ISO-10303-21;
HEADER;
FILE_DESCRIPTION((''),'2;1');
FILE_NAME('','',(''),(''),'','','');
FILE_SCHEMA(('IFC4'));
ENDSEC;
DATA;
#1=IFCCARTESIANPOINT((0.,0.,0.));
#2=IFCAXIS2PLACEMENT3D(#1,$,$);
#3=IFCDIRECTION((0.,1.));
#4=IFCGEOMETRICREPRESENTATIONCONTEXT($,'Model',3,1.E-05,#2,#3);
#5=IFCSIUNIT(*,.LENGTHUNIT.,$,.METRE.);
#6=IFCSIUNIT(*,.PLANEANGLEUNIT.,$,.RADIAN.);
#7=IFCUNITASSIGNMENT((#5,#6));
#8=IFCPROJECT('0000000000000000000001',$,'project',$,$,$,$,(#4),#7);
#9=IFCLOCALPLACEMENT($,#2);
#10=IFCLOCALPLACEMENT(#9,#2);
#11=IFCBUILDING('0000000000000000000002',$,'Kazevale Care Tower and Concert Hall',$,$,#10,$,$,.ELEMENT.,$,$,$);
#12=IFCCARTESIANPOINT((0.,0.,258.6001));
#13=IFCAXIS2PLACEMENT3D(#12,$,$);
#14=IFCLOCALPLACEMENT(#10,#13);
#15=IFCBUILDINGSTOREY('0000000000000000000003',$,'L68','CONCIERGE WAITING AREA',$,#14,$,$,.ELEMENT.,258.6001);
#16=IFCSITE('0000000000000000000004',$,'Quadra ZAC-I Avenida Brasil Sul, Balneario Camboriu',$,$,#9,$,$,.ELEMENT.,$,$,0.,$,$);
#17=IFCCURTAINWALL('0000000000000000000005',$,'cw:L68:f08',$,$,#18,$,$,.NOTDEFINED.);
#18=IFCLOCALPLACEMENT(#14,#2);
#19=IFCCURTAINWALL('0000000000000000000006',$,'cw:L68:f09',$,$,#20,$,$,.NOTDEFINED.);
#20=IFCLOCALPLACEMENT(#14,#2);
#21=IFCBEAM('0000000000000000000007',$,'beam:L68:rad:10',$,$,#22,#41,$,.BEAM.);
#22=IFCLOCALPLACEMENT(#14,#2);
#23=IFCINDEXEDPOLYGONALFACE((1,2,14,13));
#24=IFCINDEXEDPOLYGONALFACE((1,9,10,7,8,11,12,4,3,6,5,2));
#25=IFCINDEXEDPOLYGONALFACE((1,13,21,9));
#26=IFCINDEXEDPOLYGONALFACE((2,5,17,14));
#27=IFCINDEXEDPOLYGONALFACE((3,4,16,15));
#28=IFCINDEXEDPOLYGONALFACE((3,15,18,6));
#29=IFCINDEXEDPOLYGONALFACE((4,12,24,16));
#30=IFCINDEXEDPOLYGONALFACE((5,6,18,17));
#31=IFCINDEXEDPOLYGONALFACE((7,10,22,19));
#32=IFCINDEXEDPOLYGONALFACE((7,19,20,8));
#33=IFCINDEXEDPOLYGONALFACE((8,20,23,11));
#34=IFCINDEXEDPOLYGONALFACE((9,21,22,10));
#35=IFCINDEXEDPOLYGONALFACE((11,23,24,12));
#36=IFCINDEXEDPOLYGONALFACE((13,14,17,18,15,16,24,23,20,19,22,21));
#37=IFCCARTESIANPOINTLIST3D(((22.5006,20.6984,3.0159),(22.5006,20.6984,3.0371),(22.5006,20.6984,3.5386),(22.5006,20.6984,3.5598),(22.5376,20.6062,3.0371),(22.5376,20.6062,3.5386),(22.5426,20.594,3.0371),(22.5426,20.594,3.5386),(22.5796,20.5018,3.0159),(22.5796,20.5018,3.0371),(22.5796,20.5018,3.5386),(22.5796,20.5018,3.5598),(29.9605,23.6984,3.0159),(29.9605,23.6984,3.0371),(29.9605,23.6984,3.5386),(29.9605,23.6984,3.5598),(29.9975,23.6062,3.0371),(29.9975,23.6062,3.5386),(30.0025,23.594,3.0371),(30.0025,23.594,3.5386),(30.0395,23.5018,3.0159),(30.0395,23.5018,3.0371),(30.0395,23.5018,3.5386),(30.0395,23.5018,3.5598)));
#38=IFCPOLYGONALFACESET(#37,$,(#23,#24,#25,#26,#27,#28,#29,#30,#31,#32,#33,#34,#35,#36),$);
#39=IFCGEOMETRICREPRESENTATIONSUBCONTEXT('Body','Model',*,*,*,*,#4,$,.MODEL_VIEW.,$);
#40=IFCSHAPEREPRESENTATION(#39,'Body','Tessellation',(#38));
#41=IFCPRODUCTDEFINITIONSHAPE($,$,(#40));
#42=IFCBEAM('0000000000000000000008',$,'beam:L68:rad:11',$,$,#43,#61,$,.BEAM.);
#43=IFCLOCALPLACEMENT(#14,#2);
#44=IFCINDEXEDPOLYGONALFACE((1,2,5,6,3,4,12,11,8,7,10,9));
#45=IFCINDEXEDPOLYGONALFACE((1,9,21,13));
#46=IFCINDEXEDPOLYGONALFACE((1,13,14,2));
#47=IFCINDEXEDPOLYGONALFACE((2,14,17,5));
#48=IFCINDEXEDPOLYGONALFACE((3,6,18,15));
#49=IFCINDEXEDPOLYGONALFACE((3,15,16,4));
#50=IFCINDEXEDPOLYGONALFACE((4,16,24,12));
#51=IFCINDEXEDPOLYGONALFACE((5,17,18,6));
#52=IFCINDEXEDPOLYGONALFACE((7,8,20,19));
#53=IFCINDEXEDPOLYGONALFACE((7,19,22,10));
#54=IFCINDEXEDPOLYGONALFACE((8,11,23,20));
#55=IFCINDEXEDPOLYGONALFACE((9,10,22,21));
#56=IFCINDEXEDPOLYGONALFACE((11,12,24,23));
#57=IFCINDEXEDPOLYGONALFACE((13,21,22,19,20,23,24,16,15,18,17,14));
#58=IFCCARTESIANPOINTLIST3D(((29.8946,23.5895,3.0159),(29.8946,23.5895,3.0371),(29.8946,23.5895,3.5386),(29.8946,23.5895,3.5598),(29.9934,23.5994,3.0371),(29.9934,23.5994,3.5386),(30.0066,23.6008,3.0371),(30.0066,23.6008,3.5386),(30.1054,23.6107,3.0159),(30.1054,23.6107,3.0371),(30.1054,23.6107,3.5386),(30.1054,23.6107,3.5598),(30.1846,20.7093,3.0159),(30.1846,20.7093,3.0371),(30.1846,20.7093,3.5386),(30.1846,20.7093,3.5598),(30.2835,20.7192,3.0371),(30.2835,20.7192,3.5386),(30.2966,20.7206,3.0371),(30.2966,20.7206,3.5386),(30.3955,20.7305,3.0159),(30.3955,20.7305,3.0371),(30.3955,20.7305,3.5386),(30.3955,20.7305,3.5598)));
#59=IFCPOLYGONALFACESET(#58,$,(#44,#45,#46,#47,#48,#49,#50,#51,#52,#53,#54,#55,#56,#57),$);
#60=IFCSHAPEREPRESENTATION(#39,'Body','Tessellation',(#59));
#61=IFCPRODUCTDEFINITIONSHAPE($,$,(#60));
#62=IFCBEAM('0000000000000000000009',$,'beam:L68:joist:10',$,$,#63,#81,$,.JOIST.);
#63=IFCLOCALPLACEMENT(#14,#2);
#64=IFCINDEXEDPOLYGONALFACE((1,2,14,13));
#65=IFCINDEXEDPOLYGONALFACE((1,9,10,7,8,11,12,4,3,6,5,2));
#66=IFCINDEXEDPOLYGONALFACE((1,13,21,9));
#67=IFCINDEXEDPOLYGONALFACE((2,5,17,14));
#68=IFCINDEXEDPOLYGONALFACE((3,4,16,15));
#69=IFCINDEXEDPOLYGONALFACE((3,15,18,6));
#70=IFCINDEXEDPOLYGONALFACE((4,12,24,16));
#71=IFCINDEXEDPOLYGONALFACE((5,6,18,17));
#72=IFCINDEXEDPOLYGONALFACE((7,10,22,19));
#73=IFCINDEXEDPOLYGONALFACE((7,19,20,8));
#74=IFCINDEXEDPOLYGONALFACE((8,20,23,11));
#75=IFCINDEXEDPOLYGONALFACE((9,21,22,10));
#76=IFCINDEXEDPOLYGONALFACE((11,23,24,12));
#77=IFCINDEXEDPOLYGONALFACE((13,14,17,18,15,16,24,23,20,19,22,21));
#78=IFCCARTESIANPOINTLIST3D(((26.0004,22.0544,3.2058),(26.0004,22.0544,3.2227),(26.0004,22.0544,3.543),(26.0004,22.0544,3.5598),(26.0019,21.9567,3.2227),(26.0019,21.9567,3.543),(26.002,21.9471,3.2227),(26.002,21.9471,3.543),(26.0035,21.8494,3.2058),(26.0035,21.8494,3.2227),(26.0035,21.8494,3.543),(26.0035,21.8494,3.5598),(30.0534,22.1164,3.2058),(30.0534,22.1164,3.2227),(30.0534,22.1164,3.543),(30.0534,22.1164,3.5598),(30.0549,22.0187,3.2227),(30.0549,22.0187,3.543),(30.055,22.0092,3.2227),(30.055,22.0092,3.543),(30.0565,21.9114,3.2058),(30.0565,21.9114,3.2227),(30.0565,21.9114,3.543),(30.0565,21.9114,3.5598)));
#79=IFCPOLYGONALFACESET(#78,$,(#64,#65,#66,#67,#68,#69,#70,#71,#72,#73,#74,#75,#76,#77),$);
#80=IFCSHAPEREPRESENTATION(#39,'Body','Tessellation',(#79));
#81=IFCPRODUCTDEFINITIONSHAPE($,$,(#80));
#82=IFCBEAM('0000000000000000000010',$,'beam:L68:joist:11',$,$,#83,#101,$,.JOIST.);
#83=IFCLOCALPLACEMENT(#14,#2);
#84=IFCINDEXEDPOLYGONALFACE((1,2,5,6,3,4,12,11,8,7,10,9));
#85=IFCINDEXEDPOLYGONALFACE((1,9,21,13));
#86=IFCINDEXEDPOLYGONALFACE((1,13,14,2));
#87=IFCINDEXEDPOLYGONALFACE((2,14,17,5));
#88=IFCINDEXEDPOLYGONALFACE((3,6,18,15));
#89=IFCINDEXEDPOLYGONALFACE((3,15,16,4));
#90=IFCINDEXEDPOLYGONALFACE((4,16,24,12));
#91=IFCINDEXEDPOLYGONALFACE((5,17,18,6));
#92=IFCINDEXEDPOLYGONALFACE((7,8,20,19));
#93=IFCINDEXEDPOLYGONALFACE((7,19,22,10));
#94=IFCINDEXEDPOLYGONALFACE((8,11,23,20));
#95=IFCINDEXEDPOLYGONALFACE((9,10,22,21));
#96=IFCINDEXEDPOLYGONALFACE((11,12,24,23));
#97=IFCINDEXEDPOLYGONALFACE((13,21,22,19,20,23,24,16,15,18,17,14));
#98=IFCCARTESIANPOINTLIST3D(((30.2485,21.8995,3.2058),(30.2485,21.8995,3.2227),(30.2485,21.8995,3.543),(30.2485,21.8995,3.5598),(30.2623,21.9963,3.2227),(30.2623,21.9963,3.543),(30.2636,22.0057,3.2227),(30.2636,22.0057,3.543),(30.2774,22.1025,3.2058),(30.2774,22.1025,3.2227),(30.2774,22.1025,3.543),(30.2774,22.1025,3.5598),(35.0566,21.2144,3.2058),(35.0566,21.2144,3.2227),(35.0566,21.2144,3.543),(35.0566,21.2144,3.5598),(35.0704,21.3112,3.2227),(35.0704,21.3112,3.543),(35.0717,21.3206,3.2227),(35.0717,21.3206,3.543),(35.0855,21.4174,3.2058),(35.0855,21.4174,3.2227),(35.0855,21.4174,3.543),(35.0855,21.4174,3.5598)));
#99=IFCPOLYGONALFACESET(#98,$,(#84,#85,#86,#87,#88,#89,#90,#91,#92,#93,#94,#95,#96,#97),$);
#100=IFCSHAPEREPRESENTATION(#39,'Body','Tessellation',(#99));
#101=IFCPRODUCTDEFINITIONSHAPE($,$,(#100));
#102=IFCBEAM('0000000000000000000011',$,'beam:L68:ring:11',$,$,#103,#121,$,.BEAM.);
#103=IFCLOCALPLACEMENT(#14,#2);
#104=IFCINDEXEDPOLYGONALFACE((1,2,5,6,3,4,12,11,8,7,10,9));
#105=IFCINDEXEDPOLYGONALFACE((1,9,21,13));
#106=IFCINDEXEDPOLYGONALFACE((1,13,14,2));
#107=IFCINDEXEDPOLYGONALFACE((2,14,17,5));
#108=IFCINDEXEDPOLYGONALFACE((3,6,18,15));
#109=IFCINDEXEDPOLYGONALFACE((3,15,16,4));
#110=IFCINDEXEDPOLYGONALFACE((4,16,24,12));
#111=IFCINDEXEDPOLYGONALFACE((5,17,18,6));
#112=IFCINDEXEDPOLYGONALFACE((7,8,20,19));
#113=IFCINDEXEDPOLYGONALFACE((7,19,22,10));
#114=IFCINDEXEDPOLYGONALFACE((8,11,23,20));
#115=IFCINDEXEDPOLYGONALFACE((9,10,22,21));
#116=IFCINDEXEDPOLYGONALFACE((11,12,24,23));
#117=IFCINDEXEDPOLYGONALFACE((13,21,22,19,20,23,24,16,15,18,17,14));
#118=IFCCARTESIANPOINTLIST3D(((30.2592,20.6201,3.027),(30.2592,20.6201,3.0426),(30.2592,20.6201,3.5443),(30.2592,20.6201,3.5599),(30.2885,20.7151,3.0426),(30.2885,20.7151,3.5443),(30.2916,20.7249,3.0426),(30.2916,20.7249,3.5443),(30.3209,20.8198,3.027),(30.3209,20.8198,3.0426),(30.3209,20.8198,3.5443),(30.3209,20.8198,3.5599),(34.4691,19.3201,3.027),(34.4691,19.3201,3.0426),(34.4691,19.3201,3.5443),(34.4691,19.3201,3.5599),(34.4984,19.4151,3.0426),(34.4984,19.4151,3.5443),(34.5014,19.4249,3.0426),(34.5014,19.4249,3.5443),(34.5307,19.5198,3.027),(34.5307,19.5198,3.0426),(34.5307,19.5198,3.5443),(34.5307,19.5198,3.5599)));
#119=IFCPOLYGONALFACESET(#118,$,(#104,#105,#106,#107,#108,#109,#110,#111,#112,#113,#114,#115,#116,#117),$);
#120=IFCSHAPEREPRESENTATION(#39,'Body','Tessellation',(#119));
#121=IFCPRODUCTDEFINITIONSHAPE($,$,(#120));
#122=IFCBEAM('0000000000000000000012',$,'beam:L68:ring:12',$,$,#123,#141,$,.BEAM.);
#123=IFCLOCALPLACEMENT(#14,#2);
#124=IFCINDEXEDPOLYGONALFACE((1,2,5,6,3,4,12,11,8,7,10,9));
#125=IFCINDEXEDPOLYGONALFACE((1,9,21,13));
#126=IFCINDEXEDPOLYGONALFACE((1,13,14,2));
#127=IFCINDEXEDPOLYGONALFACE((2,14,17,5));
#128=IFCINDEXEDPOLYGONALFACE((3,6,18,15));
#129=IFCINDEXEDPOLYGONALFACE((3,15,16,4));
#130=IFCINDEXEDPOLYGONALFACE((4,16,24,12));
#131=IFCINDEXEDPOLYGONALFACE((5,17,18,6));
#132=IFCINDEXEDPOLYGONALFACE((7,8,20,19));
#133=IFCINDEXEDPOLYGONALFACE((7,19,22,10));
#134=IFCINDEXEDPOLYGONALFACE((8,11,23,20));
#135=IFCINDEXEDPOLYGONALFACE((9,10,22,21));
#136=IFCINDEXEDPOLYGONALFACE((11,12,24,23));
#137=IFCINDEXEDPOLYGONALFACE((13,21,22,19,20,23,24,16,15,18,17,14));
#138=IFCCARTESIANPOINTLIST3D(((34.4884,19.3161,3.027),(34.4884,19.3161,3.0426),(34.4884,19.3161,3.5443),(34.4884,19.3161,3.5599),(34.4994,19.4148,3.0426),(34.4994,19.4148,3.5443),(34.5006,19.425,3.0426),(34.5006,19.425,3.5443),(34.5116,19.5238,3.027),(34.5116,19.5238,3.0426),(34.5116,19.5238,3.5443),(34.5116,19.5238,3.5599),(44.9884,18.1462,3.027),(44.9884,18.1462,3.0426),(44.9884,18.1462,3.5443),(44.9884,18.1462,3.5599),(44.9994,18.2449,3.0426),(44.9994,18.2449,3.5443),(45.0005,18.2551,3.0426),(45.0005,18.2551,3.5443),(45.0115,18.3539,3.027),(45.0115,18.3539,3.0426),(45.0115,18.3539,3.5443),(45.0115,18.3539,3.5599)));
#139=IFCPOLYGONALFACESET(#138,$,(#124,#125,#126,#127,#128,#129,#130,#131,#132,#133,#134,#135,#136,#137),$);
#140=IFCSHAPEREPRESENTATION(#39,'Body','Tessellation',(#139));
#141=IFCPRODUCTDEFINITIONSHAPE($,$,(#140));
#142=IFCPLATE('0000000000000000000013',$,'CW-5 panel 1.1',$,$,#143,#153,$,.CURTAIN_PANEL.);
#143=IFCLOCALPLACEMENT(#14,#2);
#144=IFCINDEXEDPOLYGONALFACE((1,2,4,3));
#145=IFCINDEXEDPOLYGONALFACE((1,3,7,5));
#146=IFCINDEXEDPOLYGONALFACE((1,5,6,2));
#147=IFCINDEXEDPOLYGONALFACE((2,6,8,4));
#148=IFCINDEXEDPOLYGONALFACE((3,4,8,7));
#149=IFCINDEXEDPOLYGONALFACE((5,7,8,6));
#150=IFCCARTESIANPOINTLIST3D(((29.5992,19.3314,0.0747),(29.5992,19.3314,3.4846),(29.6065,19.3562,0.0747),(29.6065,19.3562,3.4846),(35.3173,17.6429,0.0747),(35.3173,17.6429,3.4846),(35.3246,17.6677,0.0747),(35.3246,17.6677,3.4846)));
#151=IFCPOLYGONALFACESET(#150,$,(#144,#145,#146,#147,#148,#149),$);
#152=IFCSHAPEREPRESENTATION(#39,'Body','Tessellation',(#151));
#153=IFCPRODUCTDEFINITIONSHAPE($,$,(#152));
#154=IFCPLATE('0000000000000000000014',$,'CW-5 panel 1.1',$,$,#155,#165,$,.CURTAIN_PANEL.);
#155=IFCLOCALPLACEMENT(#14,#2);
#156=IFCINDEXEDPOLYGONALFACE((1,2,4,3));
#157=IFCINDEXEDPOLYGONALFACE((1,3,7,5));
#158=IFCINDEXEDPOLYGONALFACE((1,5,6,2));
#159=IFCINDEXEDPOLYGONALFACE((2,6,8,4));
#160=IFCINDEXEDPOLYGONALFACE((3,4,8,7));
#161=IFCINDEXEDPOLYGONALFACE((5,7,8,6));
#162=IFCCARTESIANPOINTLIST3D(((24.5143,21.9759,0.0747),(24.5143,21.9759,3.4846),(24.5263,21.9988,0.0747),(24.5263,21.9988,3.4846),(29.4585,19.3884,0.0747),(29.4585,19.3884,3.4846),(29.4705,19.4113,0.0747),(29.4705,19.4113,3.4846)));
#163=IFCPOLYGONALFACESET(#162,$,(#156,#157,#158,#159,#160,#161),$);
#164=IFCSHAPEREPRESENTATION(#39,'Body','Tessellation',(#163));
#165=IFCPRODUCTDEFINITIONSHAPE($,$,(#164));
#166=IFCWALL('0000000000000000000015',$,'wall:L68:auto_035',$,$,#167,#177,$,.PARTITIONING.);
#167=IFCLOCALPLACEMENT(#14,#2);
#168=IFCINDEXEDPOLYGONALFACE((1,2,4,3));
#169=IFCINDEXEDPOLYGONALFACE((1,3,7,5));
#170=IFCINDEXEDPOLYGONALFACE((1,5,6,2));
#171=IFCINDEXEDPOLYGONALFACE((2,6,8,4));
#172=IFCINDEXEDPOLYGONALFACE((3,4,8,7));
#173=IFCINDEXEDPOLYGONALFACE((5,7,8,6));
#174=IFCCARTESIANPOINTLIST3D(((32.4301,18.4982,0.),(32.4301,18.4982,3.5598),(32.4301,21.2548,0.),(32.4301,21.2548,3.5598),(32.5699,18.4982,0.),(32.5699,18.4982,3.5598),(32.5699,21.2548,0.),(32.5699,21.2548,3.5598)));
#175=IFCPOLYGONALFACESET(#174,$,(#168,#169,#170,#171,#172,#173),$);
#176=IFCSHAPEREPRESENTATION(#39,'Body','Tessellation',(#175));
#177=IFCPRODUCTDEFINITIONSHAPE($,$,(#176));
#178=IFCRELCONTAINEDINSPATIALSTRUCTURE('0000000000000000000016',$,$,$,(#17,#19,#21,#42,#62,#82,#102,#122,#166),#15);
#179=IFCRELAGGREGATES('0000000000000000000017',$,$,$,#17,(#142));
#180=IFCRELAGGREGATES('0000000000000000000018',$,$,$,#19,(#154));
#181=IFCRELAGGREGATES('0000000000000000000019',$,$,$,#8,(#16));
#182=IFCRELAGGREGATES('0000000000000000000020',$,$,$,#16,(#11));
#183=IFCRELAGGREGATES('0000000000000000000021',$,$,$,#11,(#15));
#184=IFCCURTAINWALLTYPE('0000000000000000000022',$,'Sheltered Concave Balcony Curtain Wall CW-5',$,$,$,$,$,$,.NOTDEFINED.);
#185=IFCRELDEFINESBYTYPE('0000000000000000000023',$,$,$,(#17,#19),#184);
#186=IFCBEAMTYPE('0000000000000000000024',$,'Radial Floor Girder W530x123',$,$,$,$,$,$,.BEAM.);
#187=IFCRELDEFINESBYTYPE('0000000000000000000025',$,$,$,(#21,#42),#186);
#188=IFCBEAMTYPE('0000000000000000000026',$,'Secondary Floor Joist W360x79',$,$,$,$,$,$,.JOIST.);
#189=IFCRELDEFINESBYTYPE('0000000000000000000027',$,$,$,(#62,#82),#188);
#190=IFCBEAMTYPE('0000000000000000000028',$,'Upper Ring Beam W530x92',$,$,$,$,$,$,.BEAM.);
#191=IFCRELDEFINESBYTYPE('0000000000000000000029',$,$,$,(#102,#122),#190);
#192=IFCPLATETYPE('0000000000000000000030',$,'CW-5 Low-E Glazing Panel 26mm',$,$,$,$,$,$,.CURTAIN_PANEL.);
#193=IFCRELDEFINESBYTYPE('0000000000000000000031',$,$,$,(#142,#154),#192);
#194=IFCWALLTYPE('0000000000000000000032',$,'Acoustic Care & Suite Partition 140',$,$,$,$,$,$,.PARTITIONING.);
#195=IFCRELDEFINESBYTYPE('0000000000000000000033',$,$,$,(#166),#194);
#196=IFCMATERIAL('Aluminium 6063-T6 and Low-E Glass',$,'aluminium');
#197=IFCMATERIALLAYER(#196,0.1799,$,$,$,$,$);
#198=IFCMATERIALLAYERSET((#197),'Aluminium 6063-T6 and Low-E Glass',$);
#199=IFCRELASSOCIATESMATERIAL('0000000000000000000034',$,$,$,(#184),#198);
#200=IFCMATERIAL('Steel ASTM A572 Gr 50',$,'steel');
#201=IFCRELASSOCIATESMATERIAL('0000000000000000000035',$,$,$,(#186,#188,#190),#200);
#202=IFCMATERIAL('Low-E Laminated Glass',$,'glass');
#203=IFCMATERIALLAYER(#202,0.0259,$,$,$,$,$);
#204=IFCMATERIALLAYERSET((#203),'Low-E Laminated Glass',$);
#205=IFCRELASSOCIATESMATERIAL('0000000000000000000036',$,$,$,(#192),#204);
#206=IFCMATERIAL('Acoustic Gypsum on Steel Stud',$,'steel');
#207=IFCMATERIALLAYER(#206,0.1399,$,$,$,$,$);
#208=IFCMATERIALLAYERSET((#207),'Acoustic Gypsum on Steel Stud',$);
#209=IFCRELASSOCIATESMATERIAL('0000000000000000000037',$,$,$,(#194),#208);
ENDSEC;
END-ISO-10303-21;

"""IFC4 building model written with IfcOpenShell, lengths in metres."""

from ifc_helpers import new_model, si_unit, direction, frame, frame_2d, origin, origin_2d, place, context, subcontext, project, spatial, rectangle, i_section, extrude, material, layer, layer_set, material_profile, profile_set, type_object, element, aggregate, save


model = new_model("IFC4")

# Units and contexts
model_context = context("Model", 3, precision=1e-05, world=origin(), true_north=direction((0.0, 1.0)))
body_context = subcontext(model_context, "Body", "Model", "MODEL_VIEW")
ifc_project = project(units=[si_unit("LENGTHUNIT", "METRE"), si_unit("PLANEANGLEUNIT", "RADIAN")], contexts=[model_context])

# Site, building, storey
site_placement = place(None, origin())
site = spatial("IfcSite", under=ifc_project, at=site_placement, Name="Quadra ZAC-I Avenida Brasil Sul, Balneario Camboriu", CompositionType="ELEMENT", RefElevation=0.0)
building_placement = place(site_placement, origin())
building = spatial("IfcBuilding", under=site, at=building_placement, Name="Kazevale Care Tower and Concert Hall", CompositionType="ELEMENT")
storey_placement = place(building_placement, frame((0.0, 0.0, 258.6001)))
storey = spatial("IfcBuildingStorey", under=building, at=storey_placement, Name="L68", Description="CONCIERGE WAITING AREA", CompositionType="ELEMENT", Elevation=258.6001)

# Curtain wall
ifc_material_1 = material(Name="Aluminium 6063-T6 and Low-E Glass", Category="aluminium")
ifc_layer_1 = layer(ifc_material_1, 0.1799)
ifc_layer_set_1 = layer_set([ifc_layer_1], Name="Aluminium 6063-T6 and Low-E Glass")
curtain_wall_type = type_object("IfcCurtainWallType", Name="Sheltered Concave Balcony Curtain Wall CW-5", PredefinedType="NOTDEFINED", material=ifc_layer_set_1)
curtain_wall_1_placement = place(storey_placement, origin())
curtain_wall_1 = element("IfcCurtainWall", 1, at=curtain_wall_1_placement, inside=storey, type_object=curtain_wall_type, Name="cw:L68:f08", PredefinedType="NOTDEFINED")

# Curtain wall
curtain_wall_2_placement = place(storey_placement, origin())
curtain_wall_2 = element("IfcCurtainWall", 2, at=curtain_wall_2_placement, inside=storey, type_object=curtain_wall_type, Name="cw:L68:f09", PredefinedType="NOTDEFINED")

# Beams
ifc_material_2 = material(Name="Steel ASTM A572 Gr 50", Category="steel")
ifc_material_profile_1 = material_profile(ifc_material_2, i_section(OverallWidth=0.2119, OverallDepth=0.5439, WebThickness=0.0132, FlangeThickness=0.0212, at=origin_2d()), Name="W530x123")
ifc_profile_set_1 = profile_set([ifc_material_profile_1], Name="Steel ASTM A572 Gr 50")
beam_type_1 = type_object("IfcBeamType", Name="Radial Floor Girder W530x123", PredefinedType="BEAM", material=ifc_profile_set_1)
beam_1_placement = place(storey_placement, frame((30.0, 23.6001, 3.2878), z_axis=(-0.927788, -0.373107, 0.0), x_axis=(0.373107, -0.927788, 0.0)))
element("IfcBeam", 3, at=beam_1_placement, inside=storey, type_object=beam_type_1, Name="beam:L68:rad:10", PredefinedType="BEAM", context=body_context, shape_type="SweptSolid", body=[
    extrude(i_section(OverallWidth=0.2119, OverallDepth=0.5439, WebThickness=0.0132, FlangeThickness=0.0212, at=origin_2d()), origin(), (0.0, 0.0, 1.0), 8.0405),
])
beam_2_placement = place(storey_placement, frame((30.0, 23.6001, 3.2878), z_axis=(0.100197, -0.994968, 0.0), x_axis=(0.994968, 0.100197, 0.0)))
element("IfcBeam", 4, at=beam_2_placement, inside=storey, type_object=beam_type_1, Name="beam:L68:rad:11", PredefinedType="BEAM", context=body_context, shape_type="SweptSolid", body=[
    extrude(i_section(OverallWidth=0.2119, OverallDepth=0.5439, WebThickness=0.0132, FlangeThickness=0.0212, at=origin_2d()), origin(), (0.0, 0.0, 1.0), 2.8948),
])
ifc_material_profile_2 = material_profile(ifc_material_2, i_section(OverallWidth=0.2051, OverallDepth=0.354, WebThickness=0.0095, FlangeThickness=0.0168, at=origin_2d()), Name="W360x79")
ifc_profile_set_2 = profile_set([ifc_material_profile_2], Name="Steel ASTM A572 Gr 50")
beam_type_2 = type_object("IfcBeamType", Name="Secondary Floor Joist W360x79", PredefinedType="JOIST", material=ifc_profile_set_2)
beam_3_placement = place(storey_placement, frame((26.002, 21.9519, 3.3828), z_axis=(0.999883, 0.015298, 0.0), x_axis=(-0.015298, 0.999883, 0.0)))
element("IfcBeam", 5, at=beam_3_placement, inside=storey, type_object=beam_type_2, Name="beam:L68:joist:10", PredefinedType="JOIST", context=body_context, shape_type="SweptSolid", body=[
    extrude(i_section(OverallWidth=0.2051, OverallDepth=0.354, WebThickness=0.0095, FlangeThickness=0.0168, at=origin_2d()), origin(), (0.0, 0.0, 1.0), 4.0535),
])
beam_4_placement = place(storey_placement, frame((30.2629, 22.001, 3.3828), z_axis=(0.990002, -0.141055, 0.0), x_axis=(0.141055, 0.990002, 0.0)))
element("IfcBeam", 6, at=beam_4_placement, inside=storey, type_object=beam_type_2, Name="beam:L68:joist:11", PredefinedType="JOIST", context=body_context, shape_type="SweptSolid", body=[
    extrude(i_section(OverallWidth=0.2051, OverallDepth=0.354, WebThickness=0.0095, FlangeThickness=0.0168, at=origin_2d()), origin(), (0.0, 0.0, 1.0), 4.8567),
])
ifc_material_profile_3 = material_profile(ifc_material_2, i_section(OverallWidth=0.209, OverallDepth=0.533, WebThickness=0.0103, FlangeThickness=0.0156, at=origin_2d()), Name="W530x92")
ifc_profile_set_3 = profile_set([ifc_material_profile_3], Name="Steel ASTM A572 Gr 50")
beam_type_3 = type_object("IfcBeamType", Name="Upper Ring Beam W530x92", PredefinedType="BEAM", material=ifc_profile_set_3)
beam_5_placement = place(storey_placement, frame((30.29, 20.72, 3.2935), z_axis=(0.95548, -0.295055, 0.0), x_axis=(0.295055, 0.95548, 0.0)))
element("IfcBeam", 7, at=beam_5_placement, inside=storey, type_object=beam_type_3, Name="beam:L68:ring:11", PredefinedType="BEAM", context=body_context, shape_type="SweptSolid", body=[
    extrude(i_section(OverallWidth=0.209, OverallDepth=0.533, WebThickness=0.0103, FlangeThickness=0.0156, at=origin_2d()), origin(), (0.0, 0.0, 1.0), 4.406),
])
beam_6_placement = place(storey_placement, frame((34.5, 19.4199, 3.2935), z_axis=(0.99385, -0.110736, 0.0), x_axis=(0.110736, 0.99385, 0.0)))
element("IfcBeam", 8, at=beam_6_placement, inside=storey, type_object=beam_type_3, Name="beam:L68:ring:12", PredefinedType="BEAM", context=body_context, shape_type="SweptSolid", body=[
    extrude(i_section(OverallWidth=0.209, OverallDepth=0.533, WebThickness=0.0103, FlangeThickness=0.0156, at=origin_2d()), origin(), (0.0, 0.0, 1.0), 10.5649),
])

# Plates
ifc_material_3 = material(Name="Low-E Laminated Glass", Category="glass")
ifc_layer_2 = layer(ifc_material_3, 0.0259)
ifc_layer_set_2 = layer_set([ifc_layer_2], Name="Low-E Laminated Glass")
plate_type = type_object("IfcPlateType", Name="CW-5 Low-E Glazing Panel 26mm", PredefinedType="CURTAIN_PANEL", material=ifc_layer_set_2)
plate_1_placement = place(storey_placement, frame((32.4619, 18.4995, 0.0747), z_axis=(0.0, 0.0, 1.0), x_axis=(-0.95906, 0.283203, 0.0)))
plate_1 = element("IfcPlate", 9, at=plate_1_placement, type_object=plate_type, Name="CW-5 panel 1.1", PredefinedType="CURTAIN_PANEL", context=body_context, shape_type="SweptSolid", body=[
    extrude(rectangle(XDim=5.9622, YDim=0.0259, at=origin_2d()), origin(), (0.0, 0.0, 1.0), 3.4099),
])
aggregate(curtain_wall_1, [plate_1])
plate_2_placement = place(storey_placement, frame((26.9924, 20.6936, 0.0747), z_axis=(0.0, 0.0, 1.0), x_axis=(-0.886002, 0.463681, 0.0)))
plate_2 = element("IfcPlate", 10, at=plate_2_placement, type_object=plate_type, Name="CW-5 panel 1.1", PredefinedType="CURTAIN_PANEL", context=body_context, shape_type="SweptSolid", body=[
    extrude(rectangle(XDim=5.5803, YDim=0.0259, at=origin_2d()), origin(), (0.0, 0.0, 1.0), 3.4099),
])
aggregate(curtain_wall_2, [plate_2])

# Wall
ifc_material_4 = material(Name="Acoustic Gypsum on Steel Stud", Category="steel")
ifc_layer_3 = layer(ifc_material_4, 0.1399)
ifc_layer_set_3 = layer_set([ifc_layer_3], Name="Acoustic Gypsum on Steel Stud")
wall_type_1 = type_object("IfcWallType", Name="Acoustic Care & Suite Partition 140", PredefinedType="PARTITIONING", material=ifc_layer_set_3)
wall_1_placement = place(storey_placement, frame((32.5, 21.2549, 0.0), z_axis=(0.0, 0.0, 1.0), x_axis=(0.0, -1.0, 0.0)))
element("IfcWall", 11, at=wall_1_placement, inside=storey, type_object=wall_type_1, Name="wall:L68:auto_035", PredefinedType="PARTITIONING", context=body_context, shape_type="SweptSolid", body=[
    extrude(rectangle(XDim=2.7566, YDim=0.1399, at=frame_2d((1.3784, 0.0))), origin(), (0.0, 0.0, 1.0), 3.5598),
])

save(model, "model.ifc")
